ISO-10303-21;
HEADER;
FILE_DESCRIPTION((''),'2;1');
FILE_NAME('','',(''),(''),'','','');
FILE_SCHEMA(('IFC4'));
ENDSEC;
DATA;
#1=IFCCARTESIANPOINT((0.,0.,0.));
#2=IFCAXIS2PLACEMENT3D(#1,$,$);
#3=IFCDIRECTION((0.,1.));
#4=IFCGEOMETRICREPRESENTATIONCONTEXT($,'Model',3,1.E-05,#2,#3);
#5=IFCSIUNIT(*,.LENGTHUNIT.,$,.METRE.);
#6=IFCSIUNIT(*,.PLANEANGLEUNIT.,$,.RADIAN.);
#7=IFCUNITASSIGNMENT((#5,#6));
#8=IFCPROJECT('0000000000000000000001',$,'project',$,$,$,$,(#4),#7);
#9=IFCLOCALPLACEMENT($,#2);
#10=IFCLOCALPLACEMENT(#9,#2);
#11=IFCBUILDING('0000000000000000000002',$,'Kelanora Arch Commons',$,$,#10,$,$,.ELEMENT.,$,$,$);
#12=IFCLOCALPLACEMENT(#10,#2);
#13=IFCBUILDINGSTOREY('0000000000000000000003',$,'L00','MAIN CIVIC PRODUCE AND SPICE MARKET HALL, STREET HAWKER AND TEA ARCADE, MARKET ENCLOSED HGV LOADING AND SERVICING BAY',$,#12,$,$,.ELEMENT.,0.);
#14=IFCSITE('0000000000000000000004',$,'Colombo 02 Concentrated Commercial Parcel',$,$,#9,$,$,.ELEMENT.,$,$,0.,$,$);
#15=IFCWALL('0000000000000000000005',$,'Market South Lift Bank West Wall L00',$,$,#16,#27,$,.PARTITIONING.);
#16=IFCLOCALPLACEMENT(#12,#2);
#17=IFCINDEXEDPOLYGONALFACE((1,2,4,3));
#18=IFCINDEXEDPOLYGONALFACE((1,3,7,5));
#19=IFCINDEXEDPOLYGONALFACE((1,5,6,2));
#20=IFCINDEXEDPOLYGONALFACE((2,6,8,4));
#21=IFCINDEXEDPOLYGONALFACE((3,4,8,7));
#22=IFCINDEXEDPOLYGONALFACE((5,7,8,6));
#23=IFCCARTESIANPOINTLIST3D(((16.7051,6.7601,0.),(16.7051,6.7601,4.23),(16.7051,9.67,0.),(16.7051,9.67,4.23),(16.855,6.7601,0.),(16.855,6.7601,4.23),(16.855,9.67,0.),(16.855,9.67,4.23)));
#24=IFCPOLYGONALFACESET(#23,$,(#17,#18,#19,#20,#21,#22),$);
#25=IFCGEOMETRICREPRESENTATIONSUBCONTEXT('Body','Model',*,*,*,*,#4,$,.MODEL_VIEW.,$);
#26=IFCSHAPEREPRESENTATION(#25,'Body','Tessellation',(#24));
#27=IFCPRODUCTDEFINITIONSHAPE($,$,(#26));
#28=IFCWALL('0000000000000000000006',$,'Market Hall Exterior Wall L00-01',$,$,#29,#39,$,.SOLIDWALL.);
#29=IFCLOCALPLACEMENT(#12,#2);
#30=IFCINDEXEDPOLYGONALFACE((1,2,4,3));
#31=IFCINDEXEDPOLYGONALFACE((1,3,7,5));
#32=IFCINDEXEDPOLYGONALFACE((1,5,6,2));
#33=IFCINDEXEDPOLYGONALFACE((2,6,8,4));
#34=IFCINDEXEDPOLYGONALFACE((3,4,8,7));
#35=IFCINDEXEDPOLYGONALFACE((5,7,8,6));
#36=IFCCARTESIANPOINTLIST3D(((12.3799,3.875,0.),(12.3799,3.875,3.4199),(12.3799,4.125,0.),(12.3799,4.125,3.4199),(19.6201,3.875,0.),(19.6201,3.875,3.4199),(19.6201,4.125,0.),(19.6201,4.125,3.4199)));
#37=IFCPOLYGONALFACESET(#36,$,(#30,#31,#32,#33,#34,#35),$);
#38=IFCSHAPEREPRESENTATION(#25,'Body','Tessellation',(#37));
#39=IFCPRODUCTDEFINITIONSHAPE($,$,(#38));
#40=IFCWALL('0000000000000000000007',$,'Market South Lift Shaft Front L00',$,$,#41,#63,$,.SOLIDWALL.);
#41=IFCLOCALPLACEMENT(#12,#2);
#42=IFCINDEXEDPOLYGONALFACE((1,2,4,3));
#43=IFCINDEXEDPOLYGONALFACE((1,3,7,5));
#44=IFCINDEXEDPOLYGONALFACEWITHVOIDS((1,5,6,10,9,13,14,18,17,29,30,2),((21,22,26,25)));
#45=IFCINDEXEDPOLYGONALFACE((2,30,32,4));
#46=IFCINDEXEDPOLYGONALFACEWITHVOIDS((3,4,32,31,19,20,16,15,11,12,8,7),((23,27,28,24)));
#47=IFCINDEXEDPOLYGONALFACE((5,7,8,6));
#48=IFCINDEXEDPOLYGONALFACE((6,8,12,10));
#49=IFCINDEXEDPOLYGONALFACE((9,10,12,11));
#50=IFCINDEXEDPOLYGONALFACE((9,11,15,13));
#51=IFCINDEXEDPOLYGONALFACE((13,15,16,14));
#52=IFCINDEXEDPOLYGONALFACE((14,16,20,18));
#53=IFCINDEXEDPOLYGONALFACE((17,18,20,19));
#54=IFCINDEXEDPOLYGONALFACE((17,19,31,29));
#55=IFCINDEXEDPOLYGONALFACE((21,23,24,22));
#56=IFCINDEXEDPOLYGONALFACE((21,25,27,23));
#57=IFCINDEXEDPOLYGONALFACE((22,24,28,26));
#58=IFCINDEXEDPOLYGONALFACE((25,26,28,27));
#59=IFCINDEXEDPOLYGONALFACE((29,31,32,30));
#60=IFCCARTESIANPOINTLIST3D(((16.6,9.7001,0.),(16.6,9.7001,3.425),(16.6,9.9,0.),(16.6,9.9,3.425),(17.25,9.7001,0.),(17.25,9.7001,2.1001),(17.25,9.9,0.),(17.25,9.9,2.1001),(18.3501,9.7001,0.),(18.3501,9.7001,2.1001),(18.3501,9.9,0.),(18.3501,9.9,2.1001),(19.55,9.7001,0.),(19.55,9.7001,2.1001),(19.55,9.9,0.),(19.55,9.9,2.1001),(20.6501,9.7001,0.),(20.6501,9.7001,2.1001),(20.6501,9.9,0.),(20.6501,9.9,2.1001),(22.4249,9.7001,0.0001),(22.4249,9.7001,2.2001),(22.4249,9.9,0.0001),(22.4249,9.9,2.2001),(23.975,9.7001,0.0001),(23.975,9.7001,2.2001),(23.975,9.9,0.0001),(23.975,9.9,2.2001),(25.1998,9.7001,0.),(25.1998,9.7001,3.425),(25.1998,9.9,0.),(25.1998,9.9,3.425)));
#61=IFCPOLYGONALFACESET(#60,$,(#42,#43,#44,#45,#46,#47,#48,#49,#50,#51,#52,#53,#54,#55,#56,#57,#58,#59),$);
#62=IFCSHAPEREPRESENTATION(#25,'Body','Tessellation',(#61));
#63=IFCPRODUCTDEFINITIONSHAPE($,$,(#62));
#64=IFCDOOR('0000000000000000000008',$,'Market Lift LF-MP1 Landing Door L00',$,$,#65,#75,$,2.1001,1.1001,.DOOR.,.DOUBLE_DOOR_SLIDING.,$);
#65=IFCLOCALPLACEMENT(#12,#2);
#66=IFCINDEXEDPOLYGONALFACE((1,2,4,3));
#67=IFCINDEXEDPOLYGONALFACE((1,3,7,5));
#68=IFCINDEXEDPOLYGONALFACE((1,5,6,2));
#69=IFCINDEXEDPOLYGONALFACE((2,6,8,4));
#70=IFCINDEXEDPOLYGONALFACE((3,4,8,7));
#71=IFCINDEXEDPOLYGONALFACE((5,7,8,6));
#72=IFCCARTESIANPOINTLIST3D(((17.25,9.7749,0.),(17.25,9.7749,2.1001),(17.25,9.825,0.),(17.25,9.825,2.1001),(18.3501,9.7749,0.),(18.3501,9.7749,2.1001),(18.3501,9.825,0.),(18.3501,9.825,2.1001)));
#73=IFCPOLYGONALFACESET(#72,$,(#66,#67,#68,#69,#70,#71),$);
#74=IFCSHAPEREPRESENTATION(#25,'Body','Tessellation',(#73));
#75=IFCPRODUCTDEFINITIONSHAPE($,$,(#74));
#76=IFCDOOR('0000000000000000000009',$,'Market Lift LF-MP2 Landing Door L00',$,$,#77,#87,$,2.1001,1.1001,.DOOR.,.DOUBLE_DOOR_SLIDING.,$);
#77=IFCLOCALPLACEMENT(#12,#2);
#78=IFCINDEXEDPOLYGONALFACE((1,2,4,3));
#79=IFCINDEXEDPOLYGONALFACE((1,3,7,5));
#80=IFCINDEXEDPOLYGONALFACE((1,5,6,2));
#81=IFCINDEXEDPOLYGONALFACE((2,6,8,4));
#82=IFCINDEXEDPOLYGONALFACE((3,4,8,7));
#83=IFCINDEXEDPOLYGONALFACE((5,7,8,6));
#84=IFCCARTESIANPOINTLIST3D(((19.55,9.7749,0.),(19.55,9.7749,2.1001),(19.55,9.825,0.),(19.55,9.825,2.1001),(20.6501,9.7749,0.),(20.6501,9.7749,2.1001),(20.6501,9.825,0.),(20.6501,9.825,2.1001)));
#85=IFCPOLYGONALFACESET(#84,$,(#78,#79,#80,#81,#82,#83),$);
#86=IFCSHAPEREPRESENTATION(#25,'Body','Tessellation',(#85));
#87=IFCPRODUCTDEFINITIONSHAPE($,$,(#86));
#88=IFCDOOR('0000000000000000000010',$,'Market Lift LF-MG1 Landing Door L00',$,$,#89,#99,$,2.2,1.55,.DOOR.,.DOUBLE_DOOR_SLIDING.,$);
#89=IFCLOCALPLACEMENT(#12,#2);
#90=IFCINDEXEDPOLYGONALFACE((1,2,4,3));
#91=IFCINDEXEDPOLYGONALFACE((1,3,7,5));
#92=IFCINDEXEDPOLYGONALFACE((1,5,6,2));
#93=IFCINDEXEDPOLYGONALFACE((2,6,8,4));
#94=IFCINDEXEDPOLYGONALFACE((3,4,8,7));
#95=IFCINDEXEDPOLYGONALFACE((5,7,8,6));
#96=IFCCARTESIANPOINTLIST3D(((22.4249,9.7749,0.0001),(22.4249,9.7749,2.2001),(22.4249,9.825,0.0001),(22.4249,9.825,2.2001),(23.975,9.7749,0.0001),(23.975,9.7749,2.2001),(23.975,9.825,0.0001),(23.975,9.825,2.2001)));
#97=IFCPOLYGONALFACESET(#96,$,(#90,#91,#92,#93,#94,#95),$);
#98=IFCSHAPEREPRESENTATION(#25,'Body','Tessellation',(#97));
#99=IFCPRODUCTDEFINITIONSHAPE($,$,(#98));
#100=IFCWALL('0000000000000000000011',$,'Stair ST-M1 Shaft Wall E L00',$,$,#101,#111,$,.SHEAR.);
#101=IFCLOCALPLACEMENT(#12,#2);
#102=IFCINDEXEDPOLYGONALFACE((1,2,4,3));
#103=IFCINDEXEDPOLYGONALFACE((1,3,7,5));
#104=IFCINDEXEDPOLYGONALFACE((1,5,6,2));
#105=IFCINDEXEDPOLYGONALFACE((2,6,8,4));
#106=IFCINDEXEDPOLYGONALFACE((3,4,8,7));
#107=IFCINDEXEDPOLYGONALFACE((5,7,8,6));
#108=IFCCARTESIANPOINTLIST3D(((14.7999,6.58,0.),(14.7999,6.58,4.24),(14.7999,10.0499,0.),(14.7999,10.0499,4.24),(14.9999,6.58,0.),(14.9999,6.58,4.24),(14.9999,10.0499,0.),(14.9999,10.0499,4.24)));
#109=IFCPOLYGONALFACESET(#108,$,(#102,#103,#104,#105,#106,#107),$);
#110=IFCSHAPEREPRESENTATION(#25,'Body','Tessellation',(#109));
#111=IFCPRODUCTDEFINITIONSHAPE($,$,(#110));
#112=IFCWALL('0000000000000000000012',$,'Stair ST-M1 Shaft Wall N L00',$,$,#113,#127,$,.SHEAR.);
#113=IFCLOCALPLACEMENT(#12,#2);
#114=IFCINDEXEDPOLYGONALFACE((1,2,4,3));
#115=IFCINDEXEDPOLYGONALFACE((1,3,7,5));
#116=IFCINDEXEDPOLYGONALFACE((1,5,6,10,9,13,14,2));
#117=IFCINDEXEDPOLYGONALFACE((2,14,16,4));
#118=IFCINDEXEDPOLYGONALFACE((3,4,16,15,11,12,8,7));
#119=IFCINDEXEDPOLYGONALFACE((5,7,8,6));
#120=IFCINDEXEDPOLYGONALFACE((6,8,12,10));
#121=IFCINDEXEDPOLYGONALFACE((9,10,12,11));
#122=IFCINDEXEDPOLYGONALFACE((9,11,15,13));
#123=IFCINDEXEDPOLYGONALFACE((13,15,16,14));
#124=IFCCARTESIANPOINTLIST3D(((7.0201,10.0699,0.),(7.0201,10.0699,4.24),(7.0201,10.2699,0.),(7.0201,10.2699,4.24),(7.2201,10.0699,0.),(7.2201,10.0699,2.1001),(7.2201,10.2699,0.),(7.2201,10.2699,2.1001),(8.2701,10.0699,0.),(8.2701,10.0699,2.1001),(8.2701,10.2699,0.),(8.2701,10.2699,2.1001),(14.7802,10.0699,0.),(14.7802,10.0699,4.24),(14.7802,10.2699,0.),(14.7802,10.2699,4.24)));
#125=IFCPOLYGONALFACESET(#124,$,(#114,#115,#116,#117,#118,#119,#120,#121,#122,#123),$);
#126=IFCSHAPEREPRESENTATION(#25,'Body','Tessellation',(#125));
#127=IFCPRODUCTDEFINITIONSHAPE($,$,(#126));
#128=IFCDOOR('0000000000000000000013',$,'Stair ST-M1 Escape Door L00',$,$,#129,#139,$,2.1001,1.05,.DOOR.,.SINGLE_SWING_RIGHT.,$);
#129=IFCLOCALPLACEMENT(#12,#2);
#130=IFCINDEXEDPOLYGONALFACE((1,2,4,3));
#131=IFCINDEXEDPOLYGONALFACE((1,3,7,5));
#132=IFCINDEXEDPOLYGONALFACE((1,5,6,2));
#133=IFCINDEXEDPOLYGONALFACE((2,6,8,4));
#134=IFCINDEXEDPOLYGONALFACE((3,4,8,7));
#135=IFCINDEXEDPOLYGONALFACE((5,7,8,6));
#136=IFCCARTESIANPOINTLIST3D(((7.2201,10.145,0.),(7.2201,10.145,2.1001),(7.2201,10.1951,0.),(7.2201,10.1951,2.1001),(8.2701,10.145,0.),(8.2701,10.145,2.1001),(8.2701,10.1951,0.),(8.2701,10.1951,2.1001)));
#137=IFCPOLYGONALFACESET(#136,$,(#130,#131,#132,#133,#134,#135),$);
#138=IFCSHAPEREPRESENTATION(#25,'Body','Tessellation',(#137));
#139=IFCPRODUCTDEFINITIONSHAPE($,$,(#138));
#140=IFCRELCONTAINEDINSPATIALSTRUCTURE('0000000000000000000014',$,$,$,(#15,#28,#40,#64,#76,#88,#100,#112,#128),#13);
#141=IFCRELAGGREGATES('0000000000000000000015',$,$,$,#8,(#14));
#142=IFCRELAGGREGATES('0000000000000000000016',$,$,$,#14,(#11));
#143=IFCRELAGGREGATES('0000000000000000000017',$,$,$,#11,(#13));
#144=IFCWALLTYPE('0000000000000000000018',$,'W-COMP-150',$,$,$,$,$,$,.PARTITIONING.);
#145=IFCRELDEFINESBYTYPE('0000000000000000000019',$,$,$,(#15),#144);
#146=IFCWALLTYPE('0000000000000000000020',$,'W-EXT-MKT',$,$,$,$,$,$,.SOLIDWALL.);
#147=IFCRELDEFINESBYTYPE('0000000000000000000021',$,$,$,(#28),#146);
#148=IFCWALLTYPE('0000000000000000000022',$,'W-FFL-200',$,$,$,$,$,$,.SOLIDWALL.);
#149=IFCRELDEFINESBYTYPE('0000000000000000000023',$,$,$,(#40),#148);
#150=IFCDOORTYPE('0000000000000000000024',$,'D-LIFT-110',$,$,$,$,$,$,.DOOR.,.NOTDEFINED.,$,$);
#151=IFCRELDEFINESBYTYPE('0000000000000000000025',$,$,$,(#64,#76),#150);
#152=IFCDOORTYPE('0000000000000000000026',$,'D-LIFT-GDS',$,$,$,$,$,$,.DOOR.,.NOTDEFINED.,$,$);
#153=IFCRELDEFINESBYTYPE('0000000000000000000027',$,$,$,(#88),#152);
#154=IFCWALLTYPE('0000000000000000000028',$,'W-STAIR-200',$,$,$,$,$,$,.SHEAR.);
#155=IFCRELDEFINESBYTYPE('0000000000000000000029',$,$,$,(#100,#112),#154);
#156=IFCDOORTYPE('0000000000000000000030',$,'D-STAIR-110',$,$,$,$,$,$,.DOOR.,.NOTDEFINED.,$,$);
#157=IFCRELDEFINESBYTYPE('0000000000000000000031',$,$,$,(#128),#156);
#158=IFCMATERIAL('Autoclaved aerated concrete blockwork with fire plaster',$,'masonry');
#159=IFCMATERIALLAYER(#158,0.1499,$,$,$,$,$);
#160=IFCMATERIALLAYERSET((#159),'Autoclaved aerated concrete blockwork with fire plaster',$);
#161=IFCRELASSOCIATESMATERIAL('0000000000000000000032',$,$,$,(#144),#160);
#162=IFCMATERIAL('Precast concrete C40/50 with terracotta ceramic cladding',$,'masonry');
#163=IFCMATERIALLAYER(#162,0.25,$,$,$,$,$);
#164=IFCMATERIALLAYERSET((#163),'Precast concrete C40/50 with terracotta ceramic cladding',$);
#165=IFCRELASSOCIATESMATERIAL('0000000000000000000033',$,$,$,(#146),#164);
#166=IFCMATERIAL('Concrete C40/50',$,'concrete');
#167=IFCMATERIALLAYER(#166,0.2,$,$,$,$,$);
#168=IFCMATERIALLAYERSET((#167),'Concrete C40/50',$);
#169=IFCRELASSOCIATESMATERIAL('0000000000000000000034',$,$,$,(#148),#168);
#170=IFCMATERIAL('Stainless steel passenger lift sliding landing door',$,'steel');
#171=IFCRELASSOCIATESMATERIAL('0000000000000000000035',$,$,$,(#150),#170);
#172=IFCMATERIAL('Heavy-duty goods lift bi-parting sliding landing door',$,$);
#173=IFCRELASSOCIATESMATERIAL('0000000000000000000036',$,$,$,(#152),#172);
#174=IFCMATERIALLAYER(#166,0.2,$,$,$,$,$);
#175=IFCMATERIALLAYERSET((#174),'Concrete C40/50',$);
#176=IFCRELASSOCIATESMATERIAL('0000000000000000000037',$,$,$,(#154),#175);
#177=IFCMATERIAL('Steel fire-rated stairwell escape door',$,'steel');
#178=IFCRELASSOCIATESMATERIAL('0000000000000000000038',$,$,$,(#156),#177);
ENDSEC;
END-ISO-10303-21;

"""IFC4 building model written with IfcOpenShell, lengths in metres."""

from ifc_helpers import new_model, si_unit, direction, frame, frame_2d, origin, place, context, subcontext, project, spatial, rectangle, extrude, material, layer, layer_set, type_object, element, fill, save


model = new_model("IFC4")

# Units and contexts
model_context = context("Model", 3, precision=1e-05, world=origin(), true_north=direction((0.0, 1.0)))
body_context = subcontext(model_context, "Body", "Model", "MODEL_VIEW")
ifc_project = project(units=[si_unit("LENGTHUNIT", "METRE"), si_unit("PLANEANGLEUNIT", "RADIAN")], contexts=[model_context])

# Site, building, storey
site_placement = place(None, origin())
site = spatial("IfcSite", under=ifc_project, at=site_placement, Name="Colombo 02 Concentrated Commercial Parcel", CompositionType="ELEMENT", RefElevation=0.0)
building_placement = place(site_placement, origin())
building = spatial("IfcBuilding", under=site, at=building_placement, Name="Kelanora Arch Commons", CompositionType="ELEMENT")
storey_placement = place(building_placement, origin())
storey = spatial("IfcBuildingStorey", under=building, at=storey_placement, Name="L00", Description="MAIN CIVIC PRODUCE AND SPICE MARKET HALL, STREET HAWKER AND TEA ARCADE, MARKET ENCLOSED HGV LOADING AND SERVICING BAY", CompositionType="ELEMENT", Elevation=0.0)

# Shared definitions
ifc_material_1 = material(Name="Concrete C40/50", Category="concrete")

# Walls
ifc_material_2 = material(Name="Autoclaved aerated concrete blockwork with fire plaster", Category="masonry")
ifc_layer_1 = layer(ifc_material_2, 0.1499)
ifc_layer_set_1 = layer_set([ifc_layer_1], Name="Autoclaved aerated concrete blockwork with fire plaster")
wall_type_1 = type_object("IfcWallType", Name="W-COMP-150", PredefinedType="PARTITIONING", material=ifc_layer_set_1)
wall_1_placement = place(storey_placement, frame((16.78, 6.76, 0.0), z_axis=(0.0, 0.0, 1.0), x_axis=(0.0, 1.0, 0.0)))
element("IfcWall", 1, at=wall_1_placement, inside=storey, type_object=wall_type_1, Name="Market South Lift Bank West Wall L00", PredefinedType="PARTITIONING", context=body_context, shape_type="SweptSolid", body=[
    extrude(rectangle(XDim=2.9099, YDim=0.1499, at=frame_2d((1.4551, 0.0))), origin(), (0.0, 0.0, 1.0), 4.23),
])
ifc_material_3 = material(Name="Precast concrete C40/50 with terracotta ceramic cladding", Category="masonry")
ifc_layer_2 = layer(ifc_material_3, 0.25)
ifc_layer_set_2 = layer_set([ifc_layer_2], Name="Precast concrete C40/50 with terracotta ceramic cladding")
wall_type_2 = type_object("IfcWallType", Name="W-EXT-MKT", PredefinedType="SOLIDWALL", material=ifc_layer_set_2)
wall_2_placement = place(storey_placement, frame((12.3799, 4.0, 0.0), z_axis=(0.0, 0.0, 1.0), x_axis=(1.0, 0.0, 0.0)))
element("IfcWall", 2, at=wall_2_placement, inside=storey, type_object=wall_type_2, Name="Market Hall Exterior Wall L00-01", PredefinedType="SOLIDWALL", context=body_context, shape_type="SweptSolid", body=[
    extrude(rectangle(XDim=7.2402, YDim=0.25, at=frame_2d((3.6201, 0.0))), origin(), (0.0, 0.0, 1.0), 3.4199),
])

# Wall, openings, doors
ifc_layer_3 = layer(ifc_material_1, 0.2)
ifc_layer_set_3 = layer_set([ifc_layer_3], Name="Concrete C40/50")
wall_type_3 = type_object("IfcWallType", Name="W-FFL-200", PredefinedType="SOLIDWALL", material=ifc_layer_set_3)
wall_3_placement = place(storey_placement, frame((16.6001, 9.8, 0.0), z_axis=(0.0, 0.0, 1.0), x_axis=(1.0, 0.0, 0.0)))
wall_3 = element("IfcWall", 3, at=wall_3_placement, inside=storey, type_object=wall_type_3, Name="Market South Lift Shaft Front L00", PredefinedType="SOLIDWALL", context=body_context, shape_type="SweptSolid", body=[
    extrude(rectangle(XDim=8.5999, YDim=0.2, at=frame_2d((4.2998, 0.0))), origin(), (0.0, 0.0, 1.0), 3.425),
])
opening_1_placement = place(wall_3_placement, frame((0.6499, 0.0, 0.0)))
opening_1 = element("IfcOpeningElement", 4, at=opening_1_placement, cuts=wall_3, PredefinedType="OPENING", context=body_context, shape_type="SweptSolid", body=[
    extrude(rectangle(XDim=1.1001, YDim=2.1001, at=frame_2d((0.55, 1.05))), frame((0.0, 0.1099, 0.0), z_axis=(0.0, -1.0, 0.0), x_axis=(1.0, 0.0, 0.0)), (0.0, 0.0, 1.0), 0.22),
])
opening_2_placement = place(wall_3_placement, frame((2.95, 0.0, 0.0)))
opening_2 = element("IfcOpeningElement", 5, at=opening_2_placement, cuts=wall_3, PredefinedType="OPENING", context=body_context, shape_type="SweptSolid", body=[
    extrude(rectangle(XDim=1.1001, YDim=2.1001, at=frame_2d((0.55, 1.05))), frame((0.0, 0.1099, 0.0), z_axis=(0.0, -1.0, 0.0), x_axis=(1.0, 0.0, 0.0)), (0.0, 0.0, 1.0), 0.22),
])
opening_3_placement = place(wall_3_placement, frame((5.825, 0.0, 0.0)))
opening_3 = element("IfcOpeningElement", 6, at=opening_3_placement, cuts=wall_3, PredefinedType="OPENING", context=body_context, shape_type="SweptSolid", body=[
    extrude(rectangle(XDim=1.55, YDim=2.2, at=frame_2d((0.7749, 1.1001))), frame((0.0, 0.1099, 0.0), z_axis=(0.0, -1.0, 0.0), x_axis=(1.0, 0.0, 0.0)), (0.0, 0.0, 1.0), 0.22),
])
ifc_material_4 = material(Name="Stainless steel passenger lift sliding landing door", Category="steel")
door_type_1 = type_object("IfcDoorType", Name="D-LIFT-110", OperationType="NOTDEFINED", PredefinedType="DOOR", material=ifc_material_4)
door_1_placement = place(opening_1_placement, origin())
door_1 = element("IfcDoor", 7, at=door_1_placement, inside=storey, type_object=door_type_1, Name="Market Lift LF-MP1 Landing Door L00", OperationType="DOUBLE_DOOR_SLIDING", OverallHeight=2.1001, OverallWidth=1.1001, PredefinedType="DOOR", context=body_context, shape_type="SweptSolid", body=[
    extrude(rectangle(XDim=1.1001, YDim=2.1001, at=frame_2d((0.55, 1.05))), frame((0.0, 0.0249, 0.0), z_axis=(0.0, -1.0, 0.0), x_axis=(1.0, 0.0, 0.0)), (0.0, 0.0, 1.0), 0.05),
])
fill(opening_1, door_1)
door_2_placement = place(opening_2_placement, origin())
door_2 = element("IfcDoor", 8, at=door_2_placement, inside=storey, type_object=door_type_1, Name="Market Lift LF-MP2 Landing Door L00", OperationType="DOUBLE_DOOR_SLIDING", OverallHeight=2.1001, OverallWidth=1.1001, PredefinedType="DOOR", context=body_context, shape_type="SweptSolid", body=[
    extrude(rectangle(XDim=1.1001, YDim=2.1001, at=frame_2d((0.55, 1.05))), frame((0.0, 0.0249, 0.0), z_axis=(0.0, -1.0, 0.0), x_axis=(1.0, 0.0, 0.0)), (0.0, 0.0, 1.0), 0.05),
])
fill(opening_2, door_2)
ifc_material_5 = material(Name="Heavy-duty goods lift bi-parting sliding landing door")
door_type_2 = type_object("IfcDoorType", Name="D-LIFT-GDS", OperationType="NOTDEFINED", PredefinedType="DOOR", material=ifc_material_5)
door_3_placement = place(opening_3_placement, origin())
door_3 = element("IfcDoor", 9, at=door_3_placement, inside=storey, type_object=door_type_2, Name="Market Lift LF-MG1 Landing Door L00", OperationType="DOUBLE_DOOR_SLIDING", OverallHeight=2.2, OverallWidth=1.55, PredefinedType="DOOR", context=body_context, shape_type="SweptSolid", body=[
    extrude(rectangle(XDim=1.55, YDim=2.2, at=frame_2d((0.7749, 1.1001))), frame((0.0, 0.0249, 0.0), z_axis=(0.0, -1.0, 0.0), x_axis=(1.0, 0.0, 0.0)), (0.0, 0.0, 1.0), 0.05),
])
fill(opening_3, door_3)

# Wall
ifc_layer_4 = layer(ifc_material_1, 0.2)
ifc_layer_set_4 = layer_set([ifc_layer_4], Name="Concrete C40/50")
wall_type_4 = type_object("IfcWallType", Name="W-STAIR-200", PredefinedType="SHEAR", material=ifc_layer_set_4)
wall_4_placement = place(storey_placement, frame((14.8999, 6.5801, 0.0), z_axis=(0.0, 0.0, 1.0), x_axis=(0.0, 1.0, 0.0)))
element("IfcWall", 10, at=wall_4_placement, inside=storey, type_object=wall_type_4, Name="Stair ST-M1 Shaft Wall E L00", PredefinedType="SHEAR", context=body_context, shape_type="SweptSolid", body=[
    extrude(rectangle(XDim=3.47, YDim=0.2, at=frame_2d((1.7349, 0.0))), origin(), (0.0, 0.0, 1.0), 4.24),
])

# Wall, opening, door
wall_5_placement = place(storey_placement, frame((14.78, 10.1699, 0.0), z_axis=(0.0, 0.0, 1.0), x_axis=(-1.0, 0.0, 0.0)))
wall_5 = element("IfcWall", 11, at=wall_5_placement, inside=storey, type_object=wall_type_4, Name="Stair ST-M1 Shaft Wall N L00", PredefinedType="SHEAR", context=body_context, shape_type="SweptSolid", body=[
    extrude(rectangle(XDim=7.76, YDim=0.2, at=frame_2d((3.8799, 0.0))), origin(), (0.0, 0.0, 1.0), 4.24),
])
opening_4_placement = place(wall_5_placement, frame((6.51, 0.0, 0.0)))
opening_4 = element("IfcOpeningElement", 12, at=opening_4_placement, cuts=wall_5, PredefinedType="OPENING", context=body_context, shape_type="SweptSolid", body=[
    extrude(rectangle(XDim=1.05, YDim=2.1001, at=frame_2d((0.5249, 1.05))), frame((0.0, 0.1099, 0.0), z_axis=(0.0, -1.0, 0.0), x_axis=(1.0, 0.0, 0.0)), (0.0, 0.0, 1.0), 0.22),
])
ifc_material_6 = material(Name="Steel fire-rated stairwell escape door", Category="steel")
door_type_3 = type_object("IfcDoorType", Name="D-STAIR-110", OperationType="NOTDEFINED", PredefinedType="DOOR", material=ifc_material_6)
door_4_placement = place(opening_4_placement, origin())
door_4 = element("IfcDoor", 13, at=door_4_placement, inside=storey, type_object=door_type_3, Name="Stair ST-M1 Escape Door L00", OperationType="SINGLE_SWING_RIGHT", OverallHeight=2.1001, OverallWidth=1.05, PredefinedType="DOOR", context=body_context, shape_type="SweptSolid", body=[
    extrude(rectangle(XDim=1.05, YDim=2.1001, at=frame_2d((0.5249, 1.05))), frame((0.0, 0.0249, 0.0), z_axis=(0.0, -1.0, 0.0), x_axis=(1.0, 0.0, 0.0)), (0.0, 0.0, 1.0), 0.05),
])
fill(opening_4, door_4)

save(model, "model.ifc")
